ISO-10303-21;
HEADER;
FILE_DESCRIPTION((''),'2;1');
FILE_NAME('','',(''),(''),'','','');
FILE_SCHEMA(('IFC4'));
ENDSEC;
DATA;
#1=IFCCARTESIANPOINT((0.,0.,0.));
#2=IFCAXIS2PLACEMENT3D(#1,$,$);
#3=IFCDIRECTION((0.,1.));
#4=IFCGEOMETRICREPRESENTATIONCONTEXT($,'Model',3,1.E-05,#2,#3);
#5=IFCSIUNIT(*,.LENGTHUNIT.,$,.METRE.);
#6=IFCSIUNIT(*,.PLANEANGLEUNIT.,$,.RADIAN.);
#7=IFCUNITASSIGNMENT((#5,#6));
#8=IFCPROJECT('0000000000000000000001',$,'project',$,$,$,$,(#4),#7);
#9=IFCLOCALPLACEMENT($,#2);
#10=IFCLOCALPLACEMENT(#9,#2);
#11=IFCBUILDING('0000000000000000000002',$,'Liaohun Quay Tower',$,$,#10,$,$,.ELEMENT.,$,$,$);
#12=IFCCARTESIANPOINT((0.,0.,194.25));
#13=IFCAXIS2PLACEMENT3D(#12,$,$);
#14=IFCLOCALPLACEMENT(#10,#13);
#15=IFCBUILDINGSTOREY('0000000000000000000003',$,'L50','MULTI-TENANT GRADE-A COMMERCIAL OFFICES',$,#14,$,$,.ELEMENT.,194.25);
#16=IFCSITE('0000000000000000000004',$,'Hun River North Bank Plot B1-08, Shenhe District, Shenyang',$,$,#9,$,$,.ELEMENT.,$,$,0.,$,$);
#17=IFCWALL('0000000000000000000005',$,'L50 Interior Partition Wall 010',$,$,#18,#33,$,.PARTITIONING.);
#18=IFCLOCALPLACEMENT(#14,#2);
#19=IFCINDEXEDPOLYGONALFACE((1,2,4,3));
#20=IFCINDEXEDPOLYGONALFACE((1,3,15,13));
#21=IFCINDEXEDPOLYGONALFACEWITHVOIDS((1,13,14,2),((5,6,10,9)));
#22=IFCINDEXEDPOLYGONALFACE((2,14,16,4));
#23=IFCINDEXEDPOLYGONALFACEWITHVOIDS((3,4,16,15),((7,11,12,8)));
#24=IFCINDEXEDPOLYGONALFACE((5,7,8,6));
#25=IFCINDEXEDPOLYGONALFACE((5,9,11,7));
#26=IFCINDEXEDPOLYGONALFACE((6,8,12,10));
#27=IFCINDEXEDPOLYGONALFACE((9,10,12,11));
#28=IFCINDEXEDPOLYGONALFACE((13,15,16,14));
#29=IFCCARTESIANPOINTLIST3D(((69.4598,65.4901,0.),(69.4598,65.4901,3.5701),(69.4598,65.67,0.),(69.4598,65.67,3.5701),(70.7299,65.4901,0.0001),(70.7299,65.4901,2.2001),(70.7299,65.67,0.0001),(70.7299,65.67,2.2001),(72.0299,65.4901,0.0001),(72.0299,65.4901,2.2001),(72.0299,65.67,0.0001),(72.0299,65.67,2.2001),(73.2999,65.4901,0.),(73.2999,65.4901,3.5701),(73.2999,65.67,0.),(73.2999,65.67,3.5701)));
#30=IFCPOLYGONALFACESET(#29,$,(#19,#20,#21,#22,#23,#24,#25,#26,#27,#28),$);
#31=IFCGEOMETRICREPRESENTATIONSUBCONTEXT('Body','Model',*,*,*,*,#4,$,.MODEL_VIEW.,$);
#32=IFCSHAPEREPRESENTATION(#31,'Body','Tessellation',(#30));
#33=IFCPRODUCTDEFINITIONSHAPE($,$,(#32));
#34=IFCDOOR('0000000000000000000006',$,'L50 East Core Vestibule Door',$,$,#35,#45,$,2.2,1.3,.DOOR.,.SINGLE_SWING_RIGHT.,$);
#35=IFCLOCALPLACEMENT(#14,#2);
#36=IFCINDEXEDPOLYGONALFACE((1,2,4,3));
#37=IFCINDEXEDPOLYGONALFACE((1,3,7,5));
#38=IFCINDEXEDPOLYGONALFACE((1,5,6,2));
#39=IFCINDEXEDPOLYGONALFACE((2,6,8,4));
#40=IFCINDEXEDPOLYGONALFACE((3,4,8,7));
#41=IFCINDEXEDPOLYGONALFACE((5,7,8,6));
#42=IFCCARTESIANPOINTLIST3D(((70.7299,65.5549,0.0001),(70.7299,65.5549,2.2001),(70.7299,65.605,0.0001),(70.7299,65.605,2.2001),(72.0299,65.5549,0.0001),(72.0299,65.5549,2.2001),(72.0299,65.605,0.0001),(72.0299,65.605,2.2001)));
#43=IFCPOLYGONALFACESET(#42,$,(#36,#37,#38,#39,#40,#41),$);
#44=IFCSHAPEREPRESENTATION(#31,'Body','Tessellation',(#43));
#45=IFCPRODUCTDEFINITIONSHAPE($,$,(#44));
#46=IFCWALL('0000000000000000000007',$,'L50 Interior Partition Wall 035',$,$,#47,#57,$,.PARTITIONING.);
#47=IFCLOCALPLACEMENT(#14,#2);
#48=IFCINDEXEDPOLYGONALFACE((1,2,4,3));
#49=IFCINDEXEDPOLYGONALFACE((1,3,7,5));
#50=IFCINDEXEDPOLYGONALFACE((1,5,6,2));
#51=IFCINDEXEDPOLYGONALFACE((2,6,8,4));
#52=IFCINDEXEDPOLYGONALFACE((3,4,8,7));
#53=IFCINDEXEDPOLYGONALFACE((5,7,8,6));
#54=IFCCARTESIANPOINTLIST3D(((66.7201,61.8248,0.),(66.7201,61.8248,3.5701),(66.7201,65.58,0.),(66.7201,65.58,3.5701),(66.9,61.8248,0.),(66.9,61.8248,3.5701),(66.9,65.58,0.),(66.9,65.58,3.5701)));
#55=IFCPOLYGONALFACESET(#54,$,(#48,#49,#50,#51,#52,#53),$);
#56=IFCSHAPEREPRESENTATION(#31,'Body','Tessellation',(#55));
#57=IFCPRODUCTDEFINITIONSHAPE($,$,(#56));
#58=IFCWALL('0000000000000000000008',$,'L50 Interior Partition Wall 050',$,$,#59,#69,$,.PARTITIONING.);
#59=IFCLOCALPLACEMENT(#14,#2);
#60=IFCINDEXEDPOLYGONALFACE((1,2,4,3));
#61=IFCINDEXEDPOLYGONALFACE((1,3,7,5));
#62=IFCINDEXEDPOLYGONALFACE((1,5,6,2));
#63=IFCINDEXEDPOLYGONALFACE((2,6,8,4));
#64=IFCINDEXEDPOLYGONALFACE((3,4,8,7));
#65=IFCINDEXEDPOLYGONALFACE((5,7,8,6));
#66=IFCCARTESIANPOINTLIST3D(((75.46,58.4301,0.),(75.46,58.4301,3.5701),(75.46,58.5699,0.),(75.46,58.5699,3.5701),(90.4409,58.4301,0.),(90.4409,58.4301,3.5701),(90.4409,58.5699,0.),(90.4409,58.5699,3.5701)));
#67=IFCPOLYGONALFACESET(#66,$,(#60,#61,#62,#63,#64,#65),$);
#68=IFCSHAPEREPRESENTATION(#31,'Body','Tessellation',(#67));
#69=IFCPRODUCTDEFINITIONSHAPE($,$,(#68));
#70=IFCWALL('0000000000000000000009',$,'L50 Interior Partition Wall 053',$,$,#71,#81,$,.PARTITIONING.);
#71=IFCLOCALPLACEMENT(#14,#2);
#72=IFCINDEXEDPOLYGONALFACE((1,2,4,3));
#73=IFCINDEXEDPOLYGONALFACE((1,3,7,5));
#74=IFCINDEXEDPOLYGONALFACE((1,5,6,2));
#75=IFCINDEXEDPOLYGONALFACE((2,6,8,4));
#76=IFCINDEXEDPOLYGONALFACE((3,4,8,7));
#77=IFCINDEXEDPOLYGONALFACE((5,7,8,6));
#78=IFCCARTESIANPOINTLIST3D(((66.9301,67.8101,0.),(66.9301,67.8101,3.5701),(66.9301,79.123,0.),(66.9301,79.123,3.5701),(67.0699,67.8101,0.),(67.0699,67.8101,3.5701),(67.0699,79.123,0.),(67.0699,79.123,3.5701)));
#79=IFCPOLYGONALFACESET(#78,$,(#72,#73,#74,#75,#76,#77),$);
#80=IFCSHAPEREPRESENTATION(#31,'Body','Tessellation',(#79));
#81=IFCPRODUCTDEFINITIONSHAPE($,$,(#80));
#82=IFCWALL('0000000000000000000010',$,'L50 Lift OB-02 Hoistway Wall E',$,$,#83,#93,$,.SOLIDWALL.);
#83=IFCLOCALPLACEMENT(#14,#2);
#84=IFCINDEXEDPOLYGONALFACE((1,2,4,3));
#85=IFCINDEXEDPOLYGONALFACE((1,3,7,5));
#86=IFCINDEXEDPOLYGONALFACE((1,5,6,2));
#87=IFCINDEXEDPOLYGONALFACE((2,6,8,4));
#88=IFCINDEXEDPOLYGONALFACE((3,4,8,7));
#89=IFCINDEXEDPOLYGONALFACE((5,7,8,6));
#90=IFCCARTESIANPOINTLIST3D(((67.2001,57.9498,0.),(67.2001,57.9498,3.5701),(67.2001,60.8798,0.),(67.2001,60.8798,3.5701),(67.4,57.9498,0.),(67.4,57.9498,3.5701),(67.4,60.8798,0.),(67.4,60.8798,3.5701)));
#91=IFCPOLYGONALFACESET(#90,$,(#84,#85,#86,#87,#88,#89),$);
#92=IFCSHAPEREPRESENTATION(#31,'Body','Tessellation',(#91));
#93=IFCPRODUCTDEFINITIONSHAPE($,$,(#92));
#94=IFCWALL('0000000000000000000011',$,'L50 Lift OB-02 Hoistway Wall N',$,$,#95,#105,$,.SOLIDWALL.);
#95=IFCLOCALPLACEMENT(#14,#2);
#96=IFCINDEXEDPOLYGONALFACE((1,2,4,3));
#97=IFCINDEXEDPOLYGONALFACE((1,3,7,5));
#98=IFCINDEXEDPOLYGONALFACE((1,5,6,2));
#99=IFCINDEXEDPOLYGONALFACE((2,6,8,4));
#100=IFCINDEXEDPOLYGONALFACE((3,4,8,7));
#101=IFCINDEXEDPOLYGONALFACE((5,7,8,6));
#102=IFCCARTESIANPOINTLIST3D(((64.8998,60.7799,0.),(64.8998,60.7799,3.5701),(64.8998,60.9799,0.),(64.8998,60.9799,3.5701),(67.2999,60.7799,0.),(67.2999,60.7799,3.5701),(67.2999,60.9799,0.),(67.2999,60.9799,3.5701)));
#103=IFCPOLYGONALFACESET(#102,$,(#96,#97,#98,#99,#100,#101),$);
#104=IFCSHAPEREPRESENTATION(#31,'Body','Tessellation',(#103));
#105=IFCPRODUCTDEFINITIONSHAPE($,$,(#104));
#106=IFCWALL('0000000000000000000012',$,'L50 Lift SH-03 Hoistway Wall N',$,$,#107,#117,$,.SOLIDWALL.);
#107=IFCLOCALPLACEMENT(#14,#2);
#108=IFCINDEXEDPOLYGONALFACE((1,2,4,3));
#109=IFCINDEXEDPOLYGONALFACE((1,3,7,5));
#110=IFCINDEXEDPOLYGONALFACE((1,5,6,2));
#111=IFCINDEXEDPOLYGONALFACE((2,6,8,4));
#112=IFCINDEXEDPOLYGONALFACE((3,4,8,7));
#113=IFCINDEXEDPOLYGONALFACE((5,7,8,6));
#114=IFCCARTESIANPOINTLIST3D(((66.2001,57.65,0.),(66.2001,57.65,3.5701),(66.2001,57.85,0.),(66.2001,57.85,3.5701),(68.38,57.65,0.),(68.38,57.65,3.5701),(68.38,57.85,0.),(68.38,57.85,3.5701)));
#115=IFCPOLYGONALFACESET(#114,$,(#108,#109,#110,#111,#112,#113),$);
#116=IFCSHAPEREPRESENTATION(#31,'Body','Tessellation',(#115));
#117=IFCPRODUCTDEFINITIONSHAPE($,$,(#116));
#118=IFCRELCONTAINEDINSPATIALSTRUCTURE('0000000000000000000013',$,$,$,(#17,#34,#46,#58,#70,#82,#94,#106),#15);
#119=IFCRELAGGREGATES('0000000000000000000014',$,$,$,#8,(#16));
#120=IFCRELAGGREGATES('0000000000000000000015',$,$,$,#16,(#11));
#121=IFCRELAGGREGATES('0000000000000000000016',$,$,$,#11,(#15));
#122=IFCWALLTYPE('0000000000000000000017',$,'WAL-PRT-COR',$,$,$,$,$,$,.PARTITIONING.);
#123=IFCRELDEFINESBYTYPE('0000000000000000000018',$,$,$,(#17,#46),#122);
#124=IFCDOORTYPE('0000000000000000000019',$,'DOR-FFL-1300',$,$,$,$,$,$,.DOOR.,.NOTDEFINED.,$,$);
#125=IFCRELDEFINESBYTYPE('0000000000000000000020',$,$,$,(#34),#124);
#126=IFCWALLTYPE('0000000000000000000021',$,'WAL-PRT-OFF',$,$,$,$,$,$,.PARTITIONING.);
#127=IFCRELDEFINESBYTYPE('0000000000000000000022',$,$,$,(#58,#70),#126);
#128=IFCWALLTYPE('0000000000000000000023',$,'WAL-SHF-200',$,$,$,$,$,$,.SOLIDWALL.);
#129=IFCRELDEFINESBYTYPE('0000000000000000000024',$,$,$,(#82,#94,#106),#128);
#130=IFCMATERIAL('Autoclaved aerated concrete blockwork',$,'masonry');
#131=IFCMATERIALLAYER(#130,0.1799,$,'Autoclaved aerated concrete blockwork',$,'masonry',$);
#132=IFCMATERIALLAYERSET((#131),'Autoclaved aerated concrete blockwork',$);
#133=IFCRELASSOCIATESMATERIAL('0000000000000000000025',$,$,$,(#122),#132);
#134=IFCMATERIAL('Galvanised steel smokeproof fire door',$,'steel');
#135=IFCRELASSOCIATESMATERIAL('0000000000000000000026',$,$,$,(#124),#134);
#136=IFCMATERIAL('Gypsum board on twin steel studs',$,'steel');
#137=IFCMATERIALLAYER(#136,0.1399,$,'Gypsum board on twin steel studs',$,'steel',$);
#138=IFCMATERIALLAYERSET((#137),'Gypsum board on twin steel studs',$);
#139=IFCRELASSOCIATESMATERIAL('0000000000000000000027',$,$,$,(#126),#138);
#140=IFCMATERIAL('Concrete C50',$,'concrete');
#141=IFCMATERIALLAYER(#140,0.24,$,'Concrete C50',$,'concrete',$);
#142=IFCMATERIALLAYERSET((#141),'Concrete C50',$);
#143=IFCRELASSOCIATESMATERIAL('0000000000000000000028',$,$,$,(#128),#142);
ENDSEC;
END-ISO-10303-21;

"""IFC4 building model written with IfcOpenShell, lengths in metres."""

from ifc_helpers import new_model, si_unit, direction, frame, frame_2d, origin, place, context, subcontext, project, spatial, rectangle, extrude, source, transform, mapped, material, layer, layer_set, type_object, element, fill, save


model = new_model("IFC4")

# Units and contexts
model_context = context("Model", 3, precision=1e-05, world=origin(), true_north=direction((0.0, 1.0)))
body_context = subcontext(model_context, "Body", "Model", "MODEL_VIEW")
ifc_project = project(units=[si_unit("LENGTHUNIT", "METRE"), si_unit("PLANEANGLEUNIT", "RADIAN")], contexts=[model_context])

# Site, building, storey
site_placement = place(None, origin())
site = spatial("IfcSite", under=ifc_project, at=site_placement, Name="Hun River North Bank Plot B1-08, Shenhe District, Shenyang", CompositionType="ELEMENT", RefElevation=0.0)
building_placement = place(site_placement, origin())
building = spatial("IfcBuilding", under=site, at=building_placement, Name="Liaohun Quay Tower", CompositionType="ELEMENT")
storey_placement = place(building_placement, frame((0.0, 0.0, 194.25)))
storey = spatial("IfcBuildingStorey", under=building, at=storey_placement, Name="L50", Description="MULTI-TENANT GRADE-A COMMERCIAL OFFICES", CompositionType="ELEMENT", Elevation=194.25)

# Wall, opening, door
ifc_material_1 = material(Name="Autoclaved aerated concrete blockwork", Category="masonry")
ifc_layer_1 = layer(ifc_material_1, 0.1799, Name="Autoclaved aerated concrete blockwork", Category="masonry")
ifc_layer_set_1 = layer_set([ifc_layer_1], Name="Autoclaved aerated concrete blockwork")
wall_type_1 = type_object("IfcWallType", Name="WAL-PRT-COR", PredefinedType="PARTITIONING", material=ifc_layer_set_1)
wall_1_placement = place(storey_placement, frame((69.46, 65.5801, 0.0), z_axis=(0.0, 0.0, 1.0), x_axis=(1.0, 0.0, 0.0)))
wall_1 = element("IfcWall", 1, at=wall_1_placement, inside=storey, type_object=wall_type_1, Name="L50 Interior Partition Wall 010", PredefinedType="PARTITIONING", context=body_context, shape_type="SweptSolid", body=[
    extrude(rectangle(XDim=3.8401, YDim=0.1799, at=frame_2d((1.9199, 0.0))), origin(), (0.0, 0.0, 1.0), 3.5701),
])
shared_shape_1 = source(origin(), body_context, "Body", "SweptSolid", [
    extrude(rectangle(XDim=1.3, YDim=2.2, at=frame_2d((0.6499, 1.1001))), frame((0.0, 0.0999, 0.0), z_axis=(0.0, -1.0, 0.0), x_axis=(1.0, 0.0, 0.0)), (0.0, 0.0, 1.0), 0.2),
])
opening_1_placement = place(wall_1_placement, frame((1.27, 0.0, 0.0)))
opening_1 = element("IfcOpeningElement", 2, at=opening_1_placement, cuts=wall_1, PredefinedType="OPENING", context=body_context, shape_type="MappedRepresentation", body=[
    mapped(shared_shape_1, transform((0.0, 0.0, 0.0), x_axis=(1.0, 0.0, 0.0), y_axis=(0.0, 1.0, 0.0), z_axis=(0.0, 0.0, 1.0), scale=1.0)),
])
ifc_material_2 = material(Name="Galvanised steel smokeproof fire door", Category="steel")
door_type_1 = type_object("IfcDoorType", Name="DOR-FFL-1300", OperationType="NOTDEFINED", PredefinedType="DOOR", material=ifc_material_2)
shared_shape_2 = source(origin(), body_context, "Body", "SweptSolid", [
    extrude(rectangle(XDim=1.3, YDim=2.2, at=frame_2d((0.6499, 1.1001))), frame((0.0, 0.0249, 0.0), z_axis=(0.0, -1.0, 0.0), x_axis=(1.0, 0.0, 0.0)), (0.0, 0.0, 1.0), 0.05),
])
door_1_placement = place(opening_1_placement, origin())
door_1 = element("IfcDoor", 3, at=door_1_placement, inside=storey, type_object=door_type_1, Name="L50 East Core Vestibule Door", OperationType="SINGLE_SWING_RIGHT", OverallHeight=2.2, OverallWidth=1.3, PredefinedType="DOOR", context=body_context, shape_type="MappedRepresentation", body=[
    mapped(shared_shape_2, transform((0.0, 0.0, 0.0), x_axis=(1.0, 0.0, 0.0), y_axis=(0.0, 1.0, 0.0), z_axis=(0.0, 0.0, 1.0), scale=1.0)),
])
fill(opening_1, door_1)

# Walls
wall_2_placement = place(storey_placement, frame((66.8101, 61.825, 0.0), z_axis=(0.0, 0.0, 1.0), x_axis=(0.0, 1.0, 0.0)))
element("IfcWall", 4, at=wall_2_placement, inside=storey, type_object=wall_type_1, Name="L50 Interior Partition Wall 035", PredefinedType="PARTITIONING", context=body_context, shape_type="SweptSolid", body=[
    extrude(rectangle(XDim=3.7551, YDim=0.1799, at=frame_2d((1.8774, 0.0))), origin(), (0.0, 0.0, 1.0), 3.5701),
])
ifc_material_3 = material(Name="Gypsum board on twin steel studs", Category="steel")
ifc_layer_2 = layer(ifc_material_3, 0.1399, Name="Gypsum board on twin steel studs", Category="steel")
ifc_layer_set_2 = layer_set([ifc_layer_2], Name="Gypsum board on twin steel studs")
wall_type_2 = type_object("IfcWallType", Name="WAL-PRT-OFF", PredefinedType="PARTITIONING", material=ifc_layer_set_2)
wall_3_placement = place(storey_placement, frame((75.46, 58.5, 0.0), z_axis=(0.0, 0.0, 1.0), x_axis=(1.0, 0.0, 0.0)))
element("IfcWall", 5, at=wall_3_placement, inside=storey, type_object=wall_type_2, Name="L50 Interior Partition Wall 050", PredefinedType="PARTITIONING", context=body_context, shape_type="SweptSolid", body=[
    extrude(rectangle(XDim=14.981, YDim=0.1399, at=frame_2d((7.4905, 0.0))), origin(), (0.0, 0.0, 1.0), 3.5701),
])
wall_4_placement = place(storey_placement, frame((67.0, 67.8101, 0.0), z_axis=(0.0, 0.0, 1.0), x_axis=(0.0, 1.0, 0.0)))
element("IfcWall", 6, at=wall_4_placement, inside=storey, type_object=wall_type_2, Name="L50 Interior Partition Wall 053", PredefinedType="PARTITIONING", context=body_context, shape_type="SweptSolid", body=[
    extrude(rectangle(XDim=11.313, YDim=0.1399, at=frame_2d((5.6565, 0.0))), origin(), (0.0, 0.0, 1.0), 3.5701),
])
ifc_material_4 = material(Name="Concrete C50", Category="concrete")
ifc_layer_3 = layer(ifc_material_4, 0.24, Name="Concrete C50", Category="concrete")
ifc_layer_set_3 = layer_set([ifc_layer_3], Name="Concrete C50")
wall_type_3 = type_object("IfcWallType", Name="WAL-SHF-200", PredefinedType="SOLIDWALL", material=ifc_layer_set_3)
wall_5_placement = place(storey_placement, frame((67.3, 57.95, 0.0), z_axis=(0.0, 0.0, 1.0), x_axis=(0.0, 1.0, 0.0)))
element("IfcWall", 7, at=wall_5_placement, inside=storey, type_object=wall_type_3, Name="L50 Lift OB-02 Hoistway Wall E", PredefinedType="SOLIDWALL", context=body_context, shape_type="SweptSolid", body=[
    extrude(rectangle(XDim=2.9299, YDim=0.2, at=frame_2d((1.4648, 0.0))), origin(), (0.0, 0.0, 1.0), 3.5701),
])
wall_6_placement = place(storey_placement, frame((67.3, 60.8799, 0.0), z_axis=(0.0, 0.0, 1.0), x_axis=(-1.0, 0.0, 0.0)))
element("IfcWall", 8, at=wall_6_placement, inside=storey, type_object=wall_type_3, Name="L50 Lift OB-02 Hoistway Wall N", PredefinedType="SOLIDWALL", context=body_context, shape_type="SweptSolid", body=[
    extrude(rectangle(XDim=2.4001, YDim=0.2, at=frame_2d((1.2002, 0.0))), origin(), (0.0, 0.0, 1.0), 3.5701),
])
wall_7_placement = place(storey_placement, frame((68.3799, 57.75, 0.0), z_axis=(0.0, 0.0, 1.0), x_axis=(-1.0, 0.0, 0.0)))
element("IfcWall", 9, at=wall_7_placement, inside=storey, type_object=wall_type_3, Name="L50 Lift SH-03 Hoistway Wall N", PredefinedType="SOLIDWALL", context=body_context, shape_type="SweptSolid", body=[
    extrude(rectangle(XDim=2.1799, YDim=0.2, at=frame_2d((1.0898, 0.0))), origin(), (0.0, 0.0, 1.0), 3.5701),
])

save(model, "model.ifc")
